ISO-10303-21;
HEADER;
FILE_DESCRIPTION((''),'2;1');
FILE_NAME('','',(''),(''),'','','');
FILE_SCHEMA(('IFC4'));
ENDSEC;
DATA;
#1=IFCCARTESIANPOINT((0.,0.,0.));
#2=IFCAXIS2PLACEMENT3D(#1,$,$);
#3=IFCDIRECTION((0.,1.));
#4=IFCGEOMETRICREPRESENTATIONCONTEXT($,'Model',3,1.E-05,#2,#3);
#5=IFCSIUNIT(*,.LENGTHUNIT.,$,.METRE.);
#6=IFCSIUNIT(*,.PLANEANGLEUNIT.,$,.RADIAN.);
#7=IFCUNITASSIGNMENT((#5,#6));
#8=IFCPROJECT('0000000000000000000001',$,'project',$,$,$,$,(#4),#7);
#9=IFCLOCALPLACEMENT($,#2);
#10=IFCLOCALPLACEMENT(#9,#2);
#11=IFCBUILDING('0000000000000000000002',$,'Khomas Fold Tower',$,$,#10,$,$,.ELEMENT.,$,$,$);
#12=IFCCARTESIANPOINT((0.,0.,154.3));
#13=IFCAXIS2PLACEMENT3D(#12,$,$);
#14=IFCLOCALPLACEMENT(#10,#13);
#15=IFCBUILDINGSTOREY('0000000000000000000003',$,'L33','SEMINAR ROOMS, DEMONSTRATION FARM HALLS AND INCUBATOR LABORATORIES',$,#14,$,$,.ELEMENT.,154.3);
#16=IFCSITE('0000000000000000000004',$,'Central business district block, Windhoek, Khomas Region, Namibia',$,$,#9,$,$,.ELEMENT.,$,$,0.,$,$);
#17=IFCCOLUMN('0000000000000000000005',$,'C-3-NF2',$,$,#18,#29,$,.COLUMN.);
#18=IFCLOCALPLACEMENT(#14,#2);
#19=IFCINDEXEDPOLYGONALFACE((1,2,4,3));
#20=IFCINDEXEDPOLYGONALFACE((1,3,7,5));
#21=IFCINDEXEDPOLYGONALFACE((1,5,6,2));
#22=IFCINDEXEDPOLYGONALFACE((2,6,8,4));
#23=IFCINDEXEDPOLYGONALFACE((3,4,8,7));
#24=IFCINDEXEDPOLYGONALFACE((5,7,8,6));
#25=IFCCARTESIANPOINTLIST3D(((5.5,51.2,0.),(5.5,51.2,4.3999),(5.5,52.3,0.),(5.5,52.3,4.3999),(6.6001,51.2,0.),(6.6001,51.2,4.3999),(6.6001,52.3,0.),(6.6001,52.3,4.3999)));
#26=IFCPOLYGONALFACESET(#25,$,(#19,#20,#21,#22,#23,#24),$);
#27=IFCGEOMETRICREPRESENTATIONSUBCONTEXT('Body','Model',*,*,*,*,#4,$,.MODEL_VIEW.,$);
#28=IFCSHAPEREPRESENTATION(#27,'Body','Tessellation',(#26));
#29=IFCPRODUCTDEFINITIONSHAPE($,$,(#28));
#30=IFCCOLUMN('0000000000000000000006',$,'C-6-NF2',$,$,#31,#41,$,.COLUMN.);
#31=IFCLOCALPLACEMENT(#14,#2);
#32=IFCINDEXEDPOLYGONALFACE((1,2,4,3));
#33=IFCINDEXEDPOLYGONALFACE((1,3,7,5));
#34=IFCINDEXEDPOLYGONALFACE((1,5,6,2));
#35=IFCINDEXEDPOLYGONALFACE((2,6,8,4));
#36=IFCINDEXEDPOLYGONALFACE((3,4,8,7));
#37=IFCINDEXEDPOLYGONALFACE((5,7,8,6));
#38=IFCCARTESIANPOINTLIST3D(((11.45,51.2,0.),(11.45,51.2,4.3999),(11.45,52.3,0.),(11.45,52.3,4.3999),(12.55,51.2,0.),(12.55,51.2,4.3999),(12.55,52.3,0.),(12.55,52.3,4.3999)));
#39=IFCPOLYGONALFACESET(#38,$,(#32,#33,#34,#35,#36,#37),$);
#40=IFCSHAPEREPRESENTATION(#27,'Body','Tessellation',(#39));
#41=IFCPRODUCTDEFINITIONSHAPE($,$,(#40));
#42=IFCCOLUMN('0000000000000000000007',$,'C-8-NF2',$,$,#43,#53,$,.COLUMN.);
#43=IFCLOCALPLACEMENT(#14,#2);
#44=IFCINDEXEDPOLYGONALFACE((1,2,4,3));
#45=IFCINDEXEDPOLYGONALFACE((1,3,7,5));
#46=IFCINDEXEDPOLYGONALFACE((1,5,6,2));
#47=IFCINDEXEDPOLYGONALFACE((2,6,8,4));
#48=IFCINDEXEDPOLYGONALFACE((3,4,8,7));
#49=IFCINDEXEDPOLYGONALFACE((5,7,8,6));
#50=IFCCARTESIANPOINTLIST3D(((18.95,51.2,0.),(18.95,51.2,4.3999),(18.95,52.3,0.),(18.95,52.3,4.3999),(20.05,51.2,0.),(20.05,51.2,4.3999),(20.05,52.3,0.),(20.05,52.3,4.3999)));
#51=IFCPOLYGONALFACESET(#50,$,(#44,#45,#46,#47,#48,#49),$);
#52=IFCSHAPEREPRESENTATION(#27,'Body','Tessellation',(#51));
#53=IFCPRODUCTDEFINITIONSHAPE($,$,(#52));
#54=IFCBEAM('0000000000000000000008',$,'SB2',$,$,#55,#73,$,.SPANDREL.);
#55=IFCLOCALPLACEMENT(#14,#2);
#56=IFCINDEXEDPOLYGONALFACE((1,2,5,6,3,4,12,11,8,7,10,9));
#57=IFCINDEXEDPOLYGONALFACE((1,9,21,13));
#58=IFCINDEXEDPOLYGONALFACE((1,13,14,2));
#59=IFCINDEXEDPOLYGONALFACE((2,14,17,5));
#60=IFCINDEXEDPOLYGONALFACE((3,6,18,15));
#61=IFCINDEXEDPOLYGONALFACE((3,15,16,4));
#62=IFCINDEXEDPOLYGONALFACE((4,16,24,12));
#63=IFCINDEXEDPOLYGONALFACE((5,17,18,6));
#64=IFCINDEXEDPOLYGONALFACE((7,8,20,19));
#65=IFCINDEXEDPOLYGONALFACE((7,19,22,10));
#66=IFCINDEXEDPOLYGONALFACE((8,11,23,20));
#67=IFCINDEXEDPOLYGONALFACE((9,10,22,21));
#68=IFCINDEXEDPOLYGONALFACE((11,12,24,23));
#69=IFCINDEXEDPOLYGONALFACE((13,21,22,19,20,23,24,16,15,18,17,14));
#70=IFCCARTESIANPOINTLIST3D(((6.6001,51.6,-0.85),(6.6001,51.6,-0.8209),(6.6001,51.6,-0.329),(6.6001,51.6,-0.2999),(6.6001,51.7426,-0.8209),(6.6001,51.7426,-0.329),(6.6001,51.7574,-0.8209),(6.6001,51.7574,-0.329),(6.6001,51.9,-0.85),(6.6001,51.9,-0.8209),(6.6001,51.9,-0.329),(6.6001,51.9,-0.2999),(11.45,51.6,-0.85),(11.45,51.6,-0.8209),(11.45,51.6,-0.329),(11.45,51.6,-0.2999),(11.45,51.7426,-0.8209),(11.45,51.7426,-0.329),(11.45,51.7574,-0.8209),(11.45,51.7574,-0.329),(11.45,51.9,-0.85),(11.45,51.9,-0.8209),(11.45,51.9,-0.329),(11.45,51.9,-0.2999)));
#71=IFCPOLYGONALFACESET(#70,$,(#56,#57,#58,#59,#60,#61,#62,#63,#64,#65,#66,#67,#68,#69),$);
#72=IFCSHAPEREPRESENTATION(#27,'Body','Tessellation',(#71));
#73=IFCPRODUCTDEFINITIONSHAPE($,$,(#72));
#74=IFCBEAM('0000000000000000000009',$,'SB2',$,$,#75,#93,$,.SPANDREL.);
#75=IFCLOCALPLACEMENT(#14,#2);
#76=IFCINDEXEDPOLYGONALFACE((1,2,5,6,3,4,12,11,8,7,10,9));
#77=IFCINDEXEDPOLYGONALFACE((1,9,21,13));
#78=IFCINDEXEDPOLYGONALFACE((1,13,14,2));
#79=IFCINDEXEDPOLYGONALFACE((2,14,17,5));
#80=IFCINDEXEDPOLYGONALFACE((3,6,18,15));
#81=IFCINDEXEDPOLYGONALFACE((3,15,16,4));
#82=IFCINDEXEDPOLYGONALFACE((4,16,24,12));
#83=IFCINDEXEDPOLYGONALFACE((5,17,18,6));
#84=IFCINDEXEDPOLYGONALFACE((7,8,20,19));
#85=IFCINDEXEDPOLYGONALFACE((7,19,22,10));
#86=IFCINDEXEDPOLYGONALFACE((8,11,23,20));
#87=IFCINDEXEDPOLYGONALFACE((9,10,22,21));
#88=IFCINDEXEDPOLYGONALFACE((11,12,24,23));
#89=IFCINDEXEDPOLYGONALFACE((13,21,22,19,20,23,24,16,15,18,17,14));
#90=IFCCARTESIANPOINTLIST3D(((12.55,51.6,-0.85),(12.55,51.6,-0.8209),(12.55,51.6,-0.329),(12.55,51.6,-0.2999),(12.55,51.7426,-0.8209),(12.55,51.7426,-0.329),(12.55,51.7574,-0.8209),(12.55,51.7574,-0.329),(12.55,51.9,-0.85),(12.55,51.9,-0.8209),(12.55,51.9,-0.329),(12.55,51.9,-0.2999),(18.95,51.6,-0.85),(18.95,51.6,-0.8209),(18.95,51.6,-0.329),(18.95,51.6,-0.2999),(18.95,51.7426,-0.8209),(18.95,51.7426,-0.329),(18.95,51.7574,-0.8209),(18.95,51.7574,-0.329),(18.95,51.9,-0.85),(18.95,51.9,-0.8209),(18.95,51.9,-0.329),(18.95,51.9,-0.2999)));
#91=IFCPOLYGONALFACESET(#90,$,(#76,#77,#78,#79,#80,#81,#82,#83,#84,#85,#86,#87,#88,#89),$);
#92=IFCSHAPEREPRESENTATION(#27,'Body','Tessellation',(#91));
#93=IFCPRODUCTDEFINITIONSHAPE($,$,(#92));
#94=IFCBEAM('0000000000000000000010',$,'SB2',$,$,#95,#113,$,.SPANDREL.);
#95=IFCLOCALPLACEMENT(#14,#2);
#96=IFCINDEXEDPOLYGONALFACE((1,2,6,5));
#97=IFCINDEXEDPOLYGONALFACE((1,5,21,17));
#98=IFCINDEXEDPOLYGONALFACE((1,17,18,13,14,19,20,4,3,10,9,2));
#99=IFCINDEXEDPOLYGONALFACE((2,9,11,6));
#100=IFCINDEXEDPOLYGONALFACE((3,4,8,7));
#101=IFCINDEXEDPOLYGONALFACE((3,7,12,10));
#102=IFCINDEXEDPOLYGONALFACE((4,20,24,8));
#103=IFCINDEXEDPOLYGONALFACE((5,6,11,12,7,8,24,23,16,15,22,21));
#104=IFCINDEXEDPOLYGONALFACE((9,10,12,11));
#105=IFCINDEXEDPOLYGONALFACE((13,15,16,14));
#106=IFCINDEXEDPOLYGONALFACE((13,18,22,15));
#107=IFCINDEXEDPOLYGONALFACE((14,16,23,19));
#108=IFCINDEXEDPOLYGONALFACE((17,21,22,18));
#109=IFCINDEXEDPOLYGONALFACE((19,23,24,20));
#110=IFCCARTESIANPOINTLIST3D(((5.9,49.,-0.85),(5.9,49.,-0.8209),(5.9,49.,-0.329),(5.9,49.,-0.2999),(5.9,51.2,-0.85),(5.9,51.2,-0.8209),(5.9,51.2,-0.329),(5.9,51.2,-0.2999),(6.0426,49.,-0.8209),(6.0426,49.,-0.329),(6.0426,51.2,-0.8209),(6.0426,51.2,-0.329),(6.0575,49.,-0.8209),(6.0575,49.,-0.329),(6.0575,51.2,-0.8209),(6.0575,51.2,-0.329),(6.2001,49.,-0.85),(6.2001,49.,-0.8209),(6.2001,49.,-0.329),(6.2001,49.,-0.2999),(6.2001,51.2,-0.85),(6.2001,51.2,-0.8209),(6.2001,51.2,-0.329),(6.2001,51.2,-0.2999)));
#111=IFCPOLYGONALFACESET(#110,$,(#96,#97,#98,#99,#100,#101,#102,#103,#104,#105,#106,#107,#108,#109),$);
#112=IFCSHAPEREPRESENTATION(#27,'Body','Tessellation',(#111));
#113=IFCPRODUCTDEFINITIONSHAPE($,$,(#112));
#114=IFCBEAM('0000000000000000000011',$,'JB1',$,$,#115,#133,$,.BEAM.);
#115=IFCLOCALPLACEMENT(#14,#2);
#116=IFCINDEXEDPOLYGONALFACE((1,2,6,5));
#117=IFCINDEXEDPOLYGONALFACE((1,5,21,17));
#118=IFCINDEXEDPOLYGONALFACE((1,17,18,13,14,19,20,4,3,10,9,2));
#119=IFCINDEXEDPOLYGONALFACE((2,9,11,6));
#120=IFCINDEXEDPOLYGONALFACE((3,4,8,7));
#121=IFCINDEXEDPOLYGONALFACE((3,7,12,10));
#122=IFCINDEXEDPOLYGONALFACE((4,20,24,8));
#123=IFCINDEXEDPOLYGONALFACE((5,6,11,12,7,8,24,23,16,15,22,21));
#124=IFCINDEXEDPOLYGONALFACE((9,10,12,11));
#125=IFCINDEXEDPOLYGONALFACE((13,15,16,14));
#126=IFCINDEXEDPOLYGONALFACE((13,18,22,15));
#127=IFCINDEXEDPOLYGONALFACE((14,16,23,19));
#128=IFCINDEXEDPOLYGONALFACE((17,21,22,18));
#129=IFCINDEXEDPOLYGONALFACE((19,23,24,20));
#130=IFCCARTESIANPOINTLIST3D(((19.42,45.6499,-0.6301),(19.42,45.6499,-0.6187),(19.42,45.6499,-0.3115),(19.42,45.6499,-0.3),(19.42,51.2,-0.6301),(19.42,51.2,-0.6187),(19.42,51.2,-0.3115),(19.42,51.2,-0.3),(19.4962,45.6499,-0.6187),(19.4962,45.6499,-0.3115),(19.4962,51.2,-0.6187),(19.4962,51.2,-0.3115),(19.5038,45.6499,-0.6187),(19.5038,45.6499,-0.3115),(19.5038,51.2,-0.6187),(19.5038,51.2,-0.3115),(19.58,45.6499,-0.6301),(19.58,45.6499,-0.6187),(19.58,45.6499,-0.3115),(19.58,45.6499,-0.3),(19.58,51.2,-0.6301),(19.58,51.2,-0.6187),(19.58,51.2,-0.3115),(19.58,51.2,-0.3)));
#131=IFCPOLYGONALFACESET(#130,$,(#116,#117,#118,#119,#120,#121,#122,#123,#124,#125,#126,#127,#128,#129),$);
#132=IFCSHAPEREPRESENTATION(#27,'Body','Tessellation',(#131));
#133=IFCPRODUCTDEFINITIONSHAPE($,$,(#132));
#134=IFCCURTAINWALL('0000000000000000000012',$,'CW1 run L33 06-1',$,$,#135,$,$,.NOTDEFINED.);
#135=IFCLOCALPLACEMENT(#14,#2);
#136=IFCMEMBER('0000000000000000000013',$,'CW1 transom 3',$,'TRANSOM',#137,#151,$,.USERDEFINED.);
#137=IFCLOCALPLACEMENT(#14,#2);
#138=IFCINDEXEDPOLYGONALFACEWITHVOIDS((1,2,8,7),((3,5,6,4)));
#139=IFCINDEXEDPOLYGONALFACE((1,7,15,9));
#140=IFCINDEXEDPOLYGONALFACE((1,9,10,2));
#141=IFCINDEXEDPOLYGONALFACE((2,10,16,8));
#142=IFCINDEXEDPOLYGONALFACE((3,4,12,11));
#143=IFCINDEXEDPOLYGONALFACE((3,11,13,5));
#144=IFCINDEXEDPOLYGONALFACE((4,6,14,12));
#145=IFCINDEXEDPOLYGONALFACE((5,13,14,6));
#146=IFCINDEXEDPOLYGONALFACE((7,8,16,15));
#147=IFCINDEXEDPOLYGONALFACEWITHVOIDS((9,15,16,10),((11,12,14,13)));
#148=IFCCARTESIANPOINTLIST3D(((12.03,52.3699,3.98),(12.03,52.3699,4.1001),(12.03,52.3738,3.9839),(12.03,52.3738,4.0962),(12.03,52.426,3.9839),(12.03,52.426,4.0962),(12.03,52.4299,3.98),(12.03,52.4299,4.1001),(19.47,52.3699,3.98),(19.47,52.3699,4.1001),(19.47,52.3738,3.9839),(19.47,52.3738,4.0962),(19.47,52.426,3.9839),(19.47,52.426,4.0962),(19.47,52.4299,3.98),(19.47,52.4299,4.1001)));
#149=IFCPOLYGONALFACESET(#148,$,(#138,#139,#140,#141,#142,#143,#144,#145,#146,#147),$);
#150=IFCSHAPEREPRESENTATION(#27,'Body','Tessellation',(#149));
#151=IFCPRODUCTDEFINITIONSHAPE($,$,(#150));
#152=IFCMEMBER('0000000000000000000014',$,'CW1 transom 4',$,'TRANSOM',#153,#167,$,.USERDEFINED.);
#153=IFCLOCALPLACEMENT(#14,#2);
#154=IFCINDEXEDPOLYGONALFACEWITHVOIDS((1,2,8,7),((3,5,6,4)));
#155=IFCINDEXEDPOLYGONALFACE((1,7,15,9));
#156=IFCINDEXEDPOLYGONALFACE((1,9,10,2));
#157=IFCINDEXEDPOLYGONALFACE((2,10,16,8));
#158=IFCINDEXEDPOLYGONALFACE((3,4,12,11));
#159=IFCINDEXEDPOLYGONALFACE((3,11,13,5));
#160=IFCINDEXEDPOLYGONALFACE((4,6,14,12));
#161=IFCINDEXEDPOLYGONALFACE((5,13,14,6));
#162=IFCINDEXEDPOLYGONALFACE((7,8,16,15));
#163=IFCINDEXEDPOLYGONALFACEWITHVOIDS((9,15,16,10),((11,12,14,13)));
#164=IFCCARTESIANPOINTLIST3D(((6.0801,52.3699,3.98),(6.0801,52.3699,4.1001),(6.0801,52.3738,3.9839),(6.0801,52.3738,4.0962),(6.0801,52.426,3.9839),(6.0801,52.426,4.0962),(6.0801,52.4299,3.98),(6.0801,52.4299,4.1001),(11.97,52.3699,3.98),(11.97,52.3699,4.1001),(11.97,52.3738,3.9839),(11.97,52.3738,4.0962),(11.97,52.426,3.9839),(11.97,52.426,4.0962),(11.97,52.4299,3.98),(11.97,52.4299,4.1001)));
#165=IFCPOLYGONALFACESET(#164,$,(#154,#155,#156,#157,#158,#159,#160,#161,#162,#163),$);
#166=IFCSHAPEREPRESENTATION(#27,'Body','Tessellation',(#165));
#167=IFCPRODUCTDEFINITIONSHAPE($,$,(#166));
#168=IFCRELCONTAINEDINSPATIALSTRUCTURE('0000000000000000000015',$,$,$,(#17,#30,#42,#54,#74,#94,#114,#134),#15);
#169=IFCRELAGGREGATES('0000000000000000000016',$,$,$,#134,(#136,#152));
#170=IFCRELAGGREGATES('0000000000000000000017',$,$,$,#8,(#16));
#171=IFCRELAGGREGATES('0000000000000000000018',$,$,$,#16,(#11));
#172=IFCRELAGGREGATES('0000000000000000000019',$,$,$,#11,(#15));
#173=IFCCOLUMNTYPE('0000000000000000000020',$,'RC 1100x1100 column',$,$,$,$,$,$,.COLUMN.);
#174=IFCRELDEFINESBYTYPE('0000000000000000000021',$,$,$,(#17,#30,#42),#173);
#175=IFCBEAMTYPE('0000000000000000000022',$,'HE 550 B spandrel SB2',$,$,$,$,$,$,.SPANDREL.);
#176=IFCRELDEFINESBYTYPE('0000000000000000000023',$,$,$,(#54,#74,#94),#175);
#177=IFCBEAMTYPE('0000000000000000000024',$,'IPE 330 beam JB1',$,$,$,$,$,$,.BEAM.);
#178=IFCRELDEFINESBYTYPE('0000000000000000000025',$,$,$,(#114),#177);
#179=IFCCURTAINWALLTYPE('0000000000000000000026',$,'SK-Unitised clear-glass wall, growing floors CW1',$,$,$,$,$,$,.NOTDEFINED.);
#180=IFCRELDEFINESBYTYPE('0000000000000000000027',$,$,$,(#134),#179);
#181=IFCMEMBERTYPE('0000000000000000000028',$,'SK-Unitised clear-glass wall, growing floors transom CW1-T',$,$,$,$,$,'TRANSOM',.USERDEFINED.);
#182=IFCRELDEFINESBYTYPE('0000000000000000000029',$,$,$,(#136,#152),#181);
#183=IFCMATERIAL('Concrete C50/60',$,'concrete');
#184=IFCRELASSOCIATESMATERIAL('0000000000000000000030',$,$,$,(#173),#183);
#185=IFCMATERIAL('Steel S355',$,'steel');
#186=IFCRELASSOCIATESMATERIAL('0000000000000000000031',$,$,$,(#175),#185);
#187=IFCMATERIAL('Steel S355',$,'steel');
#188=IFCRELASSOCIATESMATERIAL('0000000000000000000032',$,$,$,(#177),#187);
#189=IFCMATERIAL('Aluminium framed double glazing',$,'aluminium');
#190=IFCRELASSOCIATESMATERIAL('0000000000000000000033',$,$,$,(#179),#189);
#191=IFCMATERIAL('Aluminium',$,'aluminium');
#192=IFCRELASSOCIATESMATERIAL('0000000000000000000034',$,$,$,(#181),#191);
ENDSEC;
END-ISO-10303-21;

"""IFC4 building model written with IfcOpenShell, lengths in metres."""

from ifc_helpers import new_model, si_unit, direction, frame, origin, origin_2d, place, context, subcontext, project, spatial, rectangle, hollow_rectangle, i_section, extrude, source, transform, mapped, material, material_profile, profile_set, type_object, element, aggregate, save


model = new_model("IFC4")

# Units and contexts
model_context = context("Model", 3, precision=1e-05, world=origin(), true_north=direction((0.0, 1.0)))
body_context = subcontext(model_context, "Body", "Model", "MODEL_VIEW")
ifc_project = project(units=[si_unit("LENGTHUNIT", "METRE"), si_unit("PLANEANGLEUNIT", "RADIAN")], contexts=[model_context])

# Site, building, storey
site_placement = place(None, origin())
site = spatial("IfcSite", under=ifc_project, at=site_placement, Name="Central business district block, Windhoek, Khomas Region, Namibia", CompositionType="ELEMENT", RefElevation=0.0)
building_placement = place(site_placement, origin())
building = spatial("IfcBuilding", under=site, at=building_placement, Name="Khomas Fold Tower", CompositionType="ELEMENT")
storey_placement = place(building_placement, frame((0.0, 0.0, 154.3)))
storey = spatial("IfcBuildingStorey", under=building, at=storey_placement, Name="L33", Description="SEMINAR ROOMS, DEMONSTRATION FARM HALLS AND INCUBATOR LABORATORIES", CompositionType="ELEMENT", Elevation=154.3)

# Columns
ifc_material_1 = material(Name="Concrete C50/60", Category="concrete")
ifc_material_profile_1 = material_profile(ifc_material_1, rectangle(XDim=1.1001, YDim=1.1001, at=origin_2d()), Name="RC 1100x1100")
ifc_profile_set_1 = profile_set([ifc_material_profile_1], Name="Concrete C50/60")
column_type = type_object("IfcColumnType", Name="RC 1100x1100 column", PredefinedType="COLUMN", material=ifc_profile_set_1)
shared_shape_1 = source(origin(), body_context, "Body", "SweptSolid", [
    extrude(rectangle(XDim=1.1001, YDim=1.1001, at=origin_2d()), origin(), (0.0, 0.0, 1.0), 4.3999),
])
for number, where, z_axis, x_axis, name in (
    (1, (6.05, 51.75, 0.0), (0.0, 0.0, 1.0), (1.0, 0.0, 0.0), "C-3-NF2"),
    (2, (12.0, 51.75, 0.0), (0.0, 0.0, 1.0), (1.0, 0.0, 0.0), "C-6-NF2"),
    (3, (19.5, 51.75, 0.0), (0.0, 0.0, 1.0), (1.0, 0.0, 0.0), "C-8-NF2"),
):
    element("IfcColumn", number, at=place(storey_placement, frame(where, z_axis=z_axis, x_axis=x_axis)), inside=storey, type_object=column_type, Name=name, PredefinedType="COLUMN", context=body_context, shape_type="MappedRepresentation", body=[
        mapped(shared_shape_1, transform((0.0, 0.0, 0.0))),
    ])

# Beams
ifc_material_2 = material(Name="Steel S355", Category="steel")
ifc_material_profile_2 = material_profile(ifc_material_2, i_section(OverallWidth=0.3, OverallDepth=0.55, WebThickness=0.0149, FlangeThickness=0.0291, at=origin_2d()), Name="HE 550 B")
ifc_profile_set_2 = profile_set([ifc_material_profile_2], Name="Steel S355")
beam_type_1 = type_object("IfcBeamType", Name="HE 550 B spandrel SB2", PredefinedType="SPANDREL", material=ifc_profile_set_2)
shared_shape_2 = source(origin(), body_context, "Body", "SweptSolid", [
    extrude(i_section(OverallWidth=0.3, OverallDepth=0.55, WebThickness=0.0149, FlangeThickness=0.0291, at=origin_2d()), origin(), (0.0, 0.0, 1.0), 4.8499),
])
beam_1_placement = place(storey_placement, frame((6.6001, 51.75, -0.575), z_axis=(1.0, 0.0, 0.0), x_axis=(0.0, 1.0, 0.0)))
element("IfcBeam", 4, at=beam_1_placement, inside=storey, type_object=beam_type_1, Name="SB2", PredefinedType="SPANDREL", context=body_context, shape_type="MappedRepresentation", body=[
    mapped(shared_shape_2, transform((0.0, 0.0, 0.0))),
])
shared_shape_3 = source(origin(), body_context, "Body", "SweptSolid", [
    extrude(i_section(OverallWidth=0.3, OverallDepth=0.55, WebThickness=0.0149, FlangeThickness=0.0291, at=origin_2d()), origin(), (0.0, 0.0, 1.0), 6.3999),
])
beam_2_placement = place(storey_placement, frame((12.55, 51.75, -0.575), z_axis=(1.0, 0.0, 0.0), x_axis=(0.0, 1.0, 0.0)))
element("IfcBeam", 5, at=beam_2_placement, inside=storey, type_object=beam_type_1, Name="SB2", PredefinedType="SPANDREL", context=body_context, shape_type="MappedRepresentation", body=[
    mapped(shared_shape_3, transform((0.0, 0.0, 0.0))),
])
shared_shape_4 = source(origin(), body_context, "Body", "SweptSolid", [
    extrude(i_section(OverallWidth=0.3, OverallDepth=0.55, WebThickness=0.0149, FlangeThickness=0.0291, at=origin_2d()), origin(), (0.0, 0.0, 1.0), 2.2),
])
beam_3_placement = place(storey_placement, frame((6.05, 49.0, -0.575), z_axis=(0.0, 1.0, 0.0), x_axis=(-1.0, 0.0, 0.0)))
element("IfcBeam", 6, at=beam_3_placement, inside=storey, type_object=beam_type_1, Name="SB2", PredefinedType="SPANDREL", context=body_context, shape_type="MappedRepresentation", body=[
    mapped(shared_shape_4, transform((0.0, 0.0, 0.0))),
])
ifc_material_3 = material(Name="Steel S355", Category="steel")
ifc_material_profile_3 = material_profile(ifc_material_3, i_section(OverallWidth=0.1599, OverallDepth=0.3301, WebThickness=0.0076, FlangeThickness=0.0115, at=origin_2d()), Name="IPE 330")
ifc_profile_set_3 = profile_set([ifc_material_profile_3], Name="Steel S355")
beam_type_2 = type_object("IfcBeamType", Name="IPE 330 beam JB1", PredefinedType="BEAM", material=ifc_profile_set_3)
shared_shape_5 = source(origin(), body_context, "Body", "SweptSolid", [
    extrude(i_section(OverallWidth=0.1599, OverallDepth=0.3301, WebThickness=0.0076, FlangeThickness=0.0115, at=origin_2d()), origin(), (0.0, 0.0, 1.0), 5.55),
])
beam_4_placement = place(storey_placement, frame((19.5, 45.6499, -0.4651), z_axis=(0.0, 1.0, 0.0), x_axis=(-1.0, 0.0, 0.0)))
element("IfcBeam", 7, at=beam_4_placement, inside=storey, type_object=beam_type_2, Name="JB1", PredefinedType="BEAM", context=body_context, shape_type="MappedRepresentation", body=[
    mapped(shared_shape_5, transform((0.0, 0.0, 0.0))),
])

# Curtain wall, members
ifc_material_4 = material(Name="Aluminium framed double glazing", Category="aluminium")
curtain_wall_type = type_object("IfcCurtainWallType", Name="SK-Unitised clear-glass wall, growing floors CW1", PredefinedType="NOTDEFINED", material=ifc_material_4)
curtain_wall_placement = place(storey_placement, origin())
curtain_wall = element("IfcCurtainWall", 8, at=curtain_wall_placement, inside=storey, type_object=curtain_wall_type, Name="CW1 run L33 06-1", PredefinedType="NOTDEFINED")
ifc_material_5 = material(Name="Aluminium", Category="aluminium")
ifc_material_profile_4 = material_profile(ifc_material_5, hollow_rectangle(XDim=0.0601, YDim=0.1201, WallThickness=0.0039, at=origin_2d()), Name="SK-Unitised clear-glass wall, growing floors transom CW1-T")
ifc_profile_set_4 = profile_set([ifc_material_profile_4], Name="Aluminium")
member_type_1 = type_object("IfcMemberType", Name="SK-Unitised clear-glass wall, growing floors transom CW1-T", ElementType="TRANSOM", PredefinedType="USERDEFINED", material=ifc_profile_set_4)
shared_shape_6 = source(origin(), body_context, "Body", "SweptSolid", [
    extrude(hollow_rectangle(XDim=0.0601, YDim=0.1201, WallThickness=0.0039, at=origin_2d()), origin(), (0.0, 0.0, 1.0), 7.4399),
])
member_1_placement = place(storey_placement, frame((19.47, 52.3999, 4.04), z_axis=(-1.0, 0.0, 0.0), x_axis=(0.0, -1.0, 0.0)))
member_1 = element("IfcMember", 9, at=member_1_placement, type_object=member_type_1, Name="CW1 transom 3", ObjectType="TRANSOM", PredefinedType="USERDEFINED", context=body_context, shape_type="MappedRepresentation", body=[
    mapped(shared_shape_6, transform((0.0, 0.0, 0.0))),
])
shared_shape_7 = source(origin(), body_context, "Body", "SweptSolid", [
    extrude(hollow_rectangle(XDim=0.0601, YDim=0.1201, WallThickness=0.0039, at=origin_2d()), origin(), (0.0, 0.0, 1.0), 5.8899),
])
member_2_placement = place(storey_placement, frame((11.97, 52.3999, 4.04), z_axis=(-1.0, 0.0, 0.0), x_axis=(0.0, -1.0, 0.0)))
member_2 = element("IfcMember", 10, at=member_2_placement, type_object=member_type_1, Name="CW1 transom 4", ObjectType="TRANSOM", PredefinedType="USERDEFINED", context=body_context, shape_type="MappedRepresentation", body=[
    mapped(shared_shape_7, transform((0.0, 0.0, 0.0))),
])

aggregate(curtain_wall, [member_1, member_2])

save(model, "model.ifc")
